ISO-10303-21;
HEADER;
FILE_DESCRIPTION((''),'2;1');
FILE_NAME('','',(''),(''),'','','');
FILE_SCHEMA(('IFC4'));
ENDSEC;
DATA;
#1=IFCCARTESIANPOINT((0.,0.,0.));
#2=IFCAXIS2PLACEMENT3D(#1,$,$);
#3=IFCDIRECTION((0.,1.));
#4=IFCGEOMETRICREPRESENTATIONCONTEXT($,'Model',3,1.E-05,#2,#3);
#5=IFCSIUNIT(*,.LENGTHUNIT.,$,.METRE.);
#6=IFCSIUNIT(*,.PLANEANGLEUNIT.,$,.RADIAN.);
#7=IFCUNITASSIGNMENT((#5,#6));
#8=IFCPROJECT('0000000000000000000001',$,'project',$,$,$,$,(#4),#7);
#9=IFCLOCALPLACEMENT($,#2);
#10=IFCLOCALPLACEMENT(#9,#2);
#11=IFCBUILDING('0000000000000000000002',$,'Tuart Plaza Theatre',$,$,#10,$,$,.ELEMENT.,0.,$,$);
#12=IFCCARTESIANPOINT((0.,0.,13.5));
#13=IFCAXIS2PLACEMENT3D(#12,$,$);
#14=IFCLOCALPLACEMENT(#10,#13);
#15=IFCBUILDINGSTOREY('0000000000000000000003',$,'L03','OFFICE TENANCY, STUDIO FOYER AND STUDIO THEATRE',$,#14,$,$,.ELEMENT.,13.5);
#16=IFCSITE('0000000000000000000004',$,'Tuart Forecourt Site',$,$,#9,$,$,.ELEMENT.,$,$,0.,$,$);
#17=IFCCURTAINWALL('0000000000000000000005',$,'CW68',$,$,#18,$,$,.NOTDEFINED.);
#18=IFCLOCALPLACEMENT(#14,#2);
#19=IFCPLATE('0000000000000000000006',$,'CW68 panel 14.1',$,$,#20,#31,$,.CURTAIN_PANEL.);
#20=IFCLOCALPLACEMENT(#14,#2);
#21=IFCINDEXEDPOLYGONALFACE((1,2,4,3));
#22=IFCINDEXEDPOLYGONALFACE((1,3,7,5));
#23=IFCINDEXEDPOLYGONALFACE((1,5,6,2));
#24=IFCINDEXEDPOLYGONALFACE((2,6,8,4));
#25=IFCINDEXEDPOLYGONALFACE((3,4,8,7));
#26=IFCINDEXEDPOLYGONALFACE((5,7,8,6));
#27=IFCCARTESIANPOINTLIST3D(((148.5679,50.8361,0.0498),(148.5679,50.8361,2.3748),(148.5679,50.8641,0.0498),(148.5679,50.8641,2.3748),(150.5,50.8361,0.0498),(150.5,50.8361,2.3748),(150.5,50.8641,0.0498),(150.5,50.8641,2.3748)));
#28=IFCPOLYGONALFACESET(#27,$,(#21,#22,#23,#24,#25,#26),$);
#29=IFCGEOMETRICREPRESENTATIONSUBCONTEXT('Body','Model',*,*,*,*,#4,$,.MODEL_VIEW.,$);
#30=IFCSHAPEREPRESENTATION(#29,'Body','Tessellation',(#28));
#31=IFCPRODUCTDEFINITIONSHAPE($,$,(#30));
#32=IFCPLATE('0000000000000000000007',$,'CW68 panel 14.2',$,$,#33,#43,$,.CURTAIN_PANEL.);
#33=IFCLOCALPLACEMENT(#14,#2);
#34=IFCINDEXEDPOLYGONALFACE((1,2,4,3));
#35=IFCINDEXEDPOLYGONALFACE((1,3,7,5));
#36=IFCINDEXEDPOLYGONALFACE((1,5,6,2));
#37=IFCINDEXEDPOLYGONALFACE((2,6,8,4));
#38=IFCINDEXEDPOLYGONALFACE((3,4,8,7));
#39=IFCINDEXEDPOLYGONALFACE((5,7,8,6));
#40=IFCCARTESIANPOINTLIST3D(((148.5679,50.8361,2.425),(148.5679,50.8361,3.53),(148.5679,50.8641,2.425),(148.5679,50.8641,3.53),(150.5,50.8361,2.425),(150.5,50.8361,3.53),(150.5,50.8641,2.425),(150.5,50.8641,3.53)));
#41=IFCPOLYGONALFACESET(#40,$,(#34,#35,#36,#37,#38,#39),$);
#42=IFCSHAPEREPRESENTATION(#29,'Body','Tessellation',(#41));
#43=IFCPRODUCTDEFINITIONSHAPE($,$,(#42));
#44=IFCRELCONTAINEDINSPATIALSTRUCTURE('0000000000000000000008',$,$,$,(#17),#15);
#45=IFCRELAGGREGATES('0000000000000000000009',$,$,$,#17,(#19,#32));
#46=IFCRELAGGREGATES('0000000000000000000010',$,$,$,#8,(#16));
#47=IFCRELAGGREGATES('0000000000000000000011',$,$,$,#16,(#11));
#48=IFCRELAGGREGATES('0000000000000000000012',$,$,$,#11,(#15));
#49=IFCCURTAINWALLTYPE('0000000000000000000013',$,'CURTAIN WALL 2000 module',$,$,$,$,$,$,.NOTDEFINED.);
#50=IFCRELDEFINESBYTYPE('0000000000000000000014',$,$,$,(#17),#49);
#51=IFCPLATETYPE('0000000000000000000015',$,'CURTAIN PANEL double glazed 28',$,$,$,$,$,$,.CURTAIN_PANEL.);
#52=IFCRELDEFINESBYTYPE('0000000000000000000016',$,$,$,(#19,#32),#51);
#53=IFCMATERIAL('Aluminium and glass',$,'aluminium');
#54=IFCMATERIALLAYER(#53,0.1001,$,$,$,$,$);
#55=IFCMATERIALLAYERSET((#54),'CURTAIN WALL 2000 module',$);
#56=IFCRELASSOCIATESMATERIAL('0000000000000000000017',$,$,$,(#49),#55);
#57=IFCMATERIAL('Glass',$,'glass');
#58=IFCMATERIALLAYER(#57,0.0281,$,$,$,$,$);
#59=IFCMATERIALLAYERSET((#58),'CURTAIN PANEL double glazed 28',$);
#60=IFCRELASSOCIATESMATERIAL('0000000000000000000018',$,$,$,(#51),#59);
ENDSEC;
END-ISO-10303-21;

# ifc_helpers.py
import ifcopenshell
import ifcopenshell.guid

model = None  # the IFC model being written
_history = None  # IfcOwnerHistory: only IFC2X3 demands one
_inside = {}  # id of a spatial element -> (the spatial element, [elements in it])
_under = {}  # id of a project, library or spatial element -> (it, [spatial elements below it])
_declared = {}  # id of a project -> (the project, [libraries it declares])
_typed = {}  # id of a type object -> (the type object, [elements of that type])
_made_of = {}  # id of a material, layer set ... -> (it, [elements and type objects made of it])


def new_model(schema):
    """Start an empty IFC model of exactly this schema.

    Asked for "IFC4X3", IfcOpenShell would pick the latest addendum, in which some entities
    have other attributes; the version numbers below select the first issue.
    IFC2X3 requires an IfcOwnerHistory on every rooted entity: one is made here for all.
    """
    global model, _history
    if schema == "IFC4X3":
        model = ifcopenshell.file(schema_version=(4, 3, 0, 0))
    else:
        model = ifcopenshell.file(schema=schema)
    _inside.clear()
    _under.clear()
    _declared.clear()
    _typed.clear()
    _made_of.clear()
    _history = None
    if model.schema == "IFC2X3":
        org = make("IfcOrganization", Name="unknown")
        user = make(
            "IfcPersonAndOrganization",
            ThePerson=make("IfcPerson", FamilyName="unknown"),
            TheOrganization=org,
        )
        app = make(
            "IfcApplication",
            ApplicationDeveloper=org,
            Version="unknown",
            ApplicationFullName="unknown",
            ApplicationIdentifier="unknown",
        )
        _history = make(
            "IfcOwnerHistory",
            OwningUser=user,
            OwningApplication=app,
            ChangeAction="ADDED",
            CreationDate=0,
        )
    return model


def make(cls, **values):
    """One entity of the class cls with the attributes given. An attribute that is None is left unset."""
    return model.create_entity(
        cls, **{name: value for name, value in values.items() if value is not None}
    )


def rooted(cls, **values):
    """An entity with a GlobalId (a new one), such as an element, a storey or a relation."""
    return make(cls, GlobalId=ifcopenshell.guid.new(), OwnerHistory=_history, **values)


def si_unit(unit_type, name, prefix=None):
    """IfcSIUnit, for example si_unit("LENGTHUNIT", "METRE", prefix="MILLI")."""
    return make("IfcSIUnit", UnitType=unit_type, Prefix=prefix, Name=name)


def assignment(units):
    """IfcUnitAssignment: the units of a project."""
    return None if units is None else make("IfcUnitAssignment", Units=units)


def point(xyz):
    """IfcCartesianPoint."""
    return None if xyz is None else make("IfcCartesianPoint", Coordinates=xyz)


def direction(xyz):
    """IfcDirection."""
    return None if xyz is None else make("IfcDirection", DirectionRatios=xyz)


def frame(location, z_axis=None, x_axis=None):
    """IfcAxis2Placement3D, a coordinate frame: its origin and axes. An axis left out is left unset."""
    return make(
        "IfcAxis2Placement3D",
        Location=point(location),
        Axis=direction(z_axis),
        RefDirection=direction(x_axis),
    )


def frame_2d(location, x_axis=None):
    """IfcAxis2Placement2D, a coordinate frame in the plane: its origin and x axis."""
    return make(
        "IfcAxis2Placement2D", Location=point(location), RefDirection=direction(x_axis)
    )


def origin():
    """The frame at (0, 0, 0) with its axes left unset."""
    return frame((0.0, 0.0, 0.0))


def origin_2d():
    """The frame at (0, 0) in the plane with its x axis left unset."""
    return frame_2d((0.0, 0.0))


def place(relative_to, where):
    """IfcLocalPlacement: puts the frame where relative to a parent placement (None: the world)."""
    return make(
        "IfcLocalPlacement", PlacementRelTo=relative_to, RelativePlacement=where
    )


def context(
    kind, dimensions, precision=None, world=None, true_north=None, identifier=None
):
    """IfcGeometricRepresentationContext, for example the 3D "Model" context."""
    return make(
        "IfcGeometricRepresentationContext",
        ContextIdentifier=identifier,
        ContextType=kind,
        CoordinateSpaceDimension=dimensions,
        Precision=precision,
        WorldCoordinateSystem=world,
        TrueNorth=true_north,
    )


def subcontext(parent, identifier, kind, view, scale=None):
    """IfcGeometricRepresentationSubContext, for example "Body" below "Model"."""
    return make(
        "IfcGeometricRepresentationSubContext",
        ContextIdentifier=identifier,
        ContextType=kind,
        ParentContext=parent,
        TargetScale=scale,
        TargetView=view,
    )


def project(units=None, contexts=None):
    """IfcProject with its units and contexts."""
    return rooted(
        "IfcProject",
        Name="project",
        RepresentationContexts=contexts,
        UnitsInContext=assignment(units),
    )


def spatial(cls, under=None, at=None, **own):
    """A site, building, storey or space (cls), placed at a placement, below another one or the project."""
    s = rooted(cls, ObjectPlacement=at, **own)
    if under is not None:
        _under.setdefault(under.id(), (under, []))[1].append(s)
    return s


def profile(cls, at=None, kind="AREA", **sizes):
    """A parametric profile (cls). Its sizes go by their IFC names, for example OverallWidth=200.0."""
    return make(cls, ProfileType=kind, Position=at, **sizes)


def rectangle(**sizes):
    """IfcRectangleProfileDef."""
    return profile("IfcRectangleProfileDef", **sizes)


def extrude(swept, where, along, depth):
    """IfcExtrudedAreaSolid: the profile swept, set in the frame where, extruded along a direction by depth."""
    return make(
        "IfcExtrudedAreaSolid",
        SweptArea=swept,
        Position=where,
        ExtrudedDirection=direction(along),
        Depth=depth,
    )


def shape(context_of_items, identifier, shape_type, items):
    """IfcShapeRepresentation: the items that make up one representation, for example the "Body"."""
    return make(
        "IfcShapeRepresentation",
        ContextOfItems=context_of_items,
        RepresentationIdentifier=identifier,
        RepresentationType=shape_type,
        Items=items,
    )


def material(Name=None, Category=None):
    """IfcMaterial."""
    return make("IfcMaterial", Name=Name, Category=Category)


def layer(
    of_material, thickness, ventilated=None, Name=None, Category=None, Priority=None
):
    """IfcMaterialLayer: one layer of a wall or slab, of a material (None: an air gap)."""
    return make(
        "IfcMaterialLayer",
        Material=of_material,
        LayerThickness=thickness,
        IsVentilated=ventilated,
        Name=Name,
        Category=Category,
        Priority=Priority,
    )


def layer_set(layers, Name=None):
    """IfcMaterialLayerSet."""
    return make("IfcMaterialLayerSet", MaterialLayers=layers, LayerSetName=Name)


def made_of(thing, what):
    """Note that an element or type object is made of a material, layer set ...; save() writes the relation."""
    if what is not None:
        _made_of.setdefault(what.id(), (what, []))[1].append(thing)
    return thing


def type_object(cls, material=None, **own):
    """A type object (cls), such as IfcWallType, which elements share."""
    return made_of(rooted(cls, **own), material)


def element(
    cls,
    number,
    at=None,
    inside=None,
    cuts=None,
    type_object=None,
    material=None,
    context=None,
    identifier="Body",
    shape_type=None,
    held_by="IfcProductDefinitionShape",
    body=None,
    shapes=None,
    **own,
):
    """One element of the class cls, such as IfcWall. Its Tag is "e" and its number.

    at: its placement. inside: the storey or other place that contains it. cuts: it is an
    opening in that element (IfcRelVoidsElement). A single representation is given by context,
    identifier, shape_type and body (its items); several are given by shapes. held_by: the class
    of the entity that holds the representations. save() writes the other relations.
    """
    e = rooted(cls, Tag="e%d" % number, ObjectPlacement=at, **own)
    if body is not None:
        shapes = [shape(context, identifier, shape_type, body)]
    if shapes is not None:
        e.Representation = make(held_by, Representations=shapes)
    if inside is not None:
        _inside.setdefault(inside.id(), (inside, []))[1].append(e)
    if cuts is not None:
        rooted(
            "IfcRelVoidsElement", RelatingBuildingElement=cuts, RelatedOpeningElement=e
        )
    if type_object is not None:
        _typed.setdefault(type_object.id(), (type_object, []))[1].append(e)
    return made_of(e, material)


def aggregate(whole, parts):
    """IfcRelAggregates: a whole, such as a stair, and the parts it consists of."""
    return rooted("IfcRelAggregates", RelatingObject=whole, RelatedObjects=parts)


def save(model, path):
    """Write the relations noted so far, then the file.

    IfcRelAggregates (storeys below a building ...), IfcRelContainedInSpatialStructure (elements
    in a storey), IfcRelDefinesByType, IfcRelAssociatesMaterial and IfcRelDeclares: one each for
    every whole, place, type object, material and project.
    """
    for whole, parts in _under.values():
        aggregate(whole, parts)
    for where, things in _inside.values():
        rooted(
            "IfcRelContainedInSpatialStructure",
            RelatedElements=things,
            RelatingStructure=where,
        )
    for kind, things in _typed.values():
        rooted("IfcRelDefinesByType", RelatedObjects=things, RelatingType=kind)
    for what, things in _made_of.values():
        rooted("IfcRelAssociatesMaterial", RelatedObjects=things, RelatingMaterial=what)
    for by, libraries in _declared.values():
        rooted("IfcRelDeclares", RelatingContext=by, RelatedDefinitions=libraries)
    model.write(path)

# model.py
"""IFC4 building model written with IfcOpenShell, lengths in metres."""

from ifc_helpers import new_model, si_unit, direction, frame, origin, origin_2d, place, context, subcontext, project, spatial, rectangle, extrude, material, layer, layer_set, type_object, element, aggregate, save


model = new_model("IFC4")

# Units and contexts
model_context = context("Model", 3, precision=1e-05, world=origin(), true_north=direction((0.0, 1.0)))
body_context = subcontext(model_context, "Body", "Model", "MODEL_VIEW")
ifc_project = project(units=[si_unit("LENGTHUNIT", "METRE"), si_unit("PLANEANGLEUNIT", "RADIAN")], contexts=[model_context])

# Site, building, storey
site_placement = place(None, origin())
site = spatial("IfcSite", under=ifc_project, at=site_placement, Name="Tuart Forecourt Site", CompositionType="ELEMENT", RefElevation=0.0)
building_placement = place(site_placement, origin())
building = spatial("IfcBuilding", under=site, at=building_placement, Name="Tuart Plaza Theatre", CompositionType="ELEMENT", ElevationOfRefHeight=0.0)
storey_placement = place(building_placement, frame((0.0, 0.0, 13.5)))
storey = spatial("IfcBuildingStorey", under=building, at=storey_placement, Name="L03", Description="OFFICE TENANCY, STUDIO FOYER AND STUDIO THEATRE", CompositionType="ELEMENT", Elevation=13.5)

# Curtain wall
ifc_material_1 = material(Name="Aluminium and glass", Category="aluminium")
ifc_layer_1 = layer(ifc_material_1, 0.1001)
ifc_layer_set_1 = layer_set([ifc_layer_1], Name="CURTAIN WALL 2000 module")
curtain_wall_type = type_object("IfcCurtainWallType", Name="CURTAIN WALL 2000 module", PredefinedType="NOTDEFINED", material=ifc_layer_set_1)
curtain_wall_1_placement = place(storey_placement, origin())
curtain_wall_1 = element("IfcCurtainWall", 1, at=curtain_wall_1_placement, inside=storey, type_object=curtain_wall_type, Name="CW68", PredefinedType="NOTDEFINED")

# Plates
ifc_material_2 = material(Name="Glass", Category="glass")
ifc_layer_2 = layer(ifc_material_2, 0.0281)
ifc_layer_set_2 = layer_set([ifc_layer_2], Name="CURTAIN PANEL double glazed 28")
plate_type = type_object("IfcPlateType", Name="CURTAIN PANEL double glazed 28", PredefinedType="CURTAIN_PANEL", material=ifc_layer_set_2)
plate_1_placement = place(storey_placement, frame((149.5339, 50.8501, 0.0498), z_axis=(0.0, 0.0, 1.0), x_axis=(1.0, 0.0, 0.0)))
plate_1 = element("IfcPlate", 2, at=plate_1_placement, type_object=plate_type, Name="CW68 panel 14.1", PredefinedType="CURTAIN_PANEL", context=body_context, shape_type="SweptSolid", body=[
    extrude(rectangle(XDim=1.9321, YDim=0.0281, at=origin_2d()), origin(), (0.0, 0.0, 1.0), 2.325),
])
plate_2_placement = place(storey_placement, frame((149.5339, 50.8501, 2.425), z_axis=(0.0, 0.0, 1.0), x_axis=(1.0, 0.0, 0.0)))
plate_2 = element("IfcPlate", 3, at=plate_2_placement, type_object=plate_type, Name="CW68 panel 14.2", PredefinedType="CURTAIN_PANEL", context=body_context, shape_type="SweptSolid", body=[
    extrude(rectangle(XDim=1.9321, YDim=0.0281, at=origin_2d()), origin(), (0.0, 0.0, 1.0), 1.105),
])
aggregate(curtain_wall_1, [plate_1, plate_2])

save(model, "model.ifc")
